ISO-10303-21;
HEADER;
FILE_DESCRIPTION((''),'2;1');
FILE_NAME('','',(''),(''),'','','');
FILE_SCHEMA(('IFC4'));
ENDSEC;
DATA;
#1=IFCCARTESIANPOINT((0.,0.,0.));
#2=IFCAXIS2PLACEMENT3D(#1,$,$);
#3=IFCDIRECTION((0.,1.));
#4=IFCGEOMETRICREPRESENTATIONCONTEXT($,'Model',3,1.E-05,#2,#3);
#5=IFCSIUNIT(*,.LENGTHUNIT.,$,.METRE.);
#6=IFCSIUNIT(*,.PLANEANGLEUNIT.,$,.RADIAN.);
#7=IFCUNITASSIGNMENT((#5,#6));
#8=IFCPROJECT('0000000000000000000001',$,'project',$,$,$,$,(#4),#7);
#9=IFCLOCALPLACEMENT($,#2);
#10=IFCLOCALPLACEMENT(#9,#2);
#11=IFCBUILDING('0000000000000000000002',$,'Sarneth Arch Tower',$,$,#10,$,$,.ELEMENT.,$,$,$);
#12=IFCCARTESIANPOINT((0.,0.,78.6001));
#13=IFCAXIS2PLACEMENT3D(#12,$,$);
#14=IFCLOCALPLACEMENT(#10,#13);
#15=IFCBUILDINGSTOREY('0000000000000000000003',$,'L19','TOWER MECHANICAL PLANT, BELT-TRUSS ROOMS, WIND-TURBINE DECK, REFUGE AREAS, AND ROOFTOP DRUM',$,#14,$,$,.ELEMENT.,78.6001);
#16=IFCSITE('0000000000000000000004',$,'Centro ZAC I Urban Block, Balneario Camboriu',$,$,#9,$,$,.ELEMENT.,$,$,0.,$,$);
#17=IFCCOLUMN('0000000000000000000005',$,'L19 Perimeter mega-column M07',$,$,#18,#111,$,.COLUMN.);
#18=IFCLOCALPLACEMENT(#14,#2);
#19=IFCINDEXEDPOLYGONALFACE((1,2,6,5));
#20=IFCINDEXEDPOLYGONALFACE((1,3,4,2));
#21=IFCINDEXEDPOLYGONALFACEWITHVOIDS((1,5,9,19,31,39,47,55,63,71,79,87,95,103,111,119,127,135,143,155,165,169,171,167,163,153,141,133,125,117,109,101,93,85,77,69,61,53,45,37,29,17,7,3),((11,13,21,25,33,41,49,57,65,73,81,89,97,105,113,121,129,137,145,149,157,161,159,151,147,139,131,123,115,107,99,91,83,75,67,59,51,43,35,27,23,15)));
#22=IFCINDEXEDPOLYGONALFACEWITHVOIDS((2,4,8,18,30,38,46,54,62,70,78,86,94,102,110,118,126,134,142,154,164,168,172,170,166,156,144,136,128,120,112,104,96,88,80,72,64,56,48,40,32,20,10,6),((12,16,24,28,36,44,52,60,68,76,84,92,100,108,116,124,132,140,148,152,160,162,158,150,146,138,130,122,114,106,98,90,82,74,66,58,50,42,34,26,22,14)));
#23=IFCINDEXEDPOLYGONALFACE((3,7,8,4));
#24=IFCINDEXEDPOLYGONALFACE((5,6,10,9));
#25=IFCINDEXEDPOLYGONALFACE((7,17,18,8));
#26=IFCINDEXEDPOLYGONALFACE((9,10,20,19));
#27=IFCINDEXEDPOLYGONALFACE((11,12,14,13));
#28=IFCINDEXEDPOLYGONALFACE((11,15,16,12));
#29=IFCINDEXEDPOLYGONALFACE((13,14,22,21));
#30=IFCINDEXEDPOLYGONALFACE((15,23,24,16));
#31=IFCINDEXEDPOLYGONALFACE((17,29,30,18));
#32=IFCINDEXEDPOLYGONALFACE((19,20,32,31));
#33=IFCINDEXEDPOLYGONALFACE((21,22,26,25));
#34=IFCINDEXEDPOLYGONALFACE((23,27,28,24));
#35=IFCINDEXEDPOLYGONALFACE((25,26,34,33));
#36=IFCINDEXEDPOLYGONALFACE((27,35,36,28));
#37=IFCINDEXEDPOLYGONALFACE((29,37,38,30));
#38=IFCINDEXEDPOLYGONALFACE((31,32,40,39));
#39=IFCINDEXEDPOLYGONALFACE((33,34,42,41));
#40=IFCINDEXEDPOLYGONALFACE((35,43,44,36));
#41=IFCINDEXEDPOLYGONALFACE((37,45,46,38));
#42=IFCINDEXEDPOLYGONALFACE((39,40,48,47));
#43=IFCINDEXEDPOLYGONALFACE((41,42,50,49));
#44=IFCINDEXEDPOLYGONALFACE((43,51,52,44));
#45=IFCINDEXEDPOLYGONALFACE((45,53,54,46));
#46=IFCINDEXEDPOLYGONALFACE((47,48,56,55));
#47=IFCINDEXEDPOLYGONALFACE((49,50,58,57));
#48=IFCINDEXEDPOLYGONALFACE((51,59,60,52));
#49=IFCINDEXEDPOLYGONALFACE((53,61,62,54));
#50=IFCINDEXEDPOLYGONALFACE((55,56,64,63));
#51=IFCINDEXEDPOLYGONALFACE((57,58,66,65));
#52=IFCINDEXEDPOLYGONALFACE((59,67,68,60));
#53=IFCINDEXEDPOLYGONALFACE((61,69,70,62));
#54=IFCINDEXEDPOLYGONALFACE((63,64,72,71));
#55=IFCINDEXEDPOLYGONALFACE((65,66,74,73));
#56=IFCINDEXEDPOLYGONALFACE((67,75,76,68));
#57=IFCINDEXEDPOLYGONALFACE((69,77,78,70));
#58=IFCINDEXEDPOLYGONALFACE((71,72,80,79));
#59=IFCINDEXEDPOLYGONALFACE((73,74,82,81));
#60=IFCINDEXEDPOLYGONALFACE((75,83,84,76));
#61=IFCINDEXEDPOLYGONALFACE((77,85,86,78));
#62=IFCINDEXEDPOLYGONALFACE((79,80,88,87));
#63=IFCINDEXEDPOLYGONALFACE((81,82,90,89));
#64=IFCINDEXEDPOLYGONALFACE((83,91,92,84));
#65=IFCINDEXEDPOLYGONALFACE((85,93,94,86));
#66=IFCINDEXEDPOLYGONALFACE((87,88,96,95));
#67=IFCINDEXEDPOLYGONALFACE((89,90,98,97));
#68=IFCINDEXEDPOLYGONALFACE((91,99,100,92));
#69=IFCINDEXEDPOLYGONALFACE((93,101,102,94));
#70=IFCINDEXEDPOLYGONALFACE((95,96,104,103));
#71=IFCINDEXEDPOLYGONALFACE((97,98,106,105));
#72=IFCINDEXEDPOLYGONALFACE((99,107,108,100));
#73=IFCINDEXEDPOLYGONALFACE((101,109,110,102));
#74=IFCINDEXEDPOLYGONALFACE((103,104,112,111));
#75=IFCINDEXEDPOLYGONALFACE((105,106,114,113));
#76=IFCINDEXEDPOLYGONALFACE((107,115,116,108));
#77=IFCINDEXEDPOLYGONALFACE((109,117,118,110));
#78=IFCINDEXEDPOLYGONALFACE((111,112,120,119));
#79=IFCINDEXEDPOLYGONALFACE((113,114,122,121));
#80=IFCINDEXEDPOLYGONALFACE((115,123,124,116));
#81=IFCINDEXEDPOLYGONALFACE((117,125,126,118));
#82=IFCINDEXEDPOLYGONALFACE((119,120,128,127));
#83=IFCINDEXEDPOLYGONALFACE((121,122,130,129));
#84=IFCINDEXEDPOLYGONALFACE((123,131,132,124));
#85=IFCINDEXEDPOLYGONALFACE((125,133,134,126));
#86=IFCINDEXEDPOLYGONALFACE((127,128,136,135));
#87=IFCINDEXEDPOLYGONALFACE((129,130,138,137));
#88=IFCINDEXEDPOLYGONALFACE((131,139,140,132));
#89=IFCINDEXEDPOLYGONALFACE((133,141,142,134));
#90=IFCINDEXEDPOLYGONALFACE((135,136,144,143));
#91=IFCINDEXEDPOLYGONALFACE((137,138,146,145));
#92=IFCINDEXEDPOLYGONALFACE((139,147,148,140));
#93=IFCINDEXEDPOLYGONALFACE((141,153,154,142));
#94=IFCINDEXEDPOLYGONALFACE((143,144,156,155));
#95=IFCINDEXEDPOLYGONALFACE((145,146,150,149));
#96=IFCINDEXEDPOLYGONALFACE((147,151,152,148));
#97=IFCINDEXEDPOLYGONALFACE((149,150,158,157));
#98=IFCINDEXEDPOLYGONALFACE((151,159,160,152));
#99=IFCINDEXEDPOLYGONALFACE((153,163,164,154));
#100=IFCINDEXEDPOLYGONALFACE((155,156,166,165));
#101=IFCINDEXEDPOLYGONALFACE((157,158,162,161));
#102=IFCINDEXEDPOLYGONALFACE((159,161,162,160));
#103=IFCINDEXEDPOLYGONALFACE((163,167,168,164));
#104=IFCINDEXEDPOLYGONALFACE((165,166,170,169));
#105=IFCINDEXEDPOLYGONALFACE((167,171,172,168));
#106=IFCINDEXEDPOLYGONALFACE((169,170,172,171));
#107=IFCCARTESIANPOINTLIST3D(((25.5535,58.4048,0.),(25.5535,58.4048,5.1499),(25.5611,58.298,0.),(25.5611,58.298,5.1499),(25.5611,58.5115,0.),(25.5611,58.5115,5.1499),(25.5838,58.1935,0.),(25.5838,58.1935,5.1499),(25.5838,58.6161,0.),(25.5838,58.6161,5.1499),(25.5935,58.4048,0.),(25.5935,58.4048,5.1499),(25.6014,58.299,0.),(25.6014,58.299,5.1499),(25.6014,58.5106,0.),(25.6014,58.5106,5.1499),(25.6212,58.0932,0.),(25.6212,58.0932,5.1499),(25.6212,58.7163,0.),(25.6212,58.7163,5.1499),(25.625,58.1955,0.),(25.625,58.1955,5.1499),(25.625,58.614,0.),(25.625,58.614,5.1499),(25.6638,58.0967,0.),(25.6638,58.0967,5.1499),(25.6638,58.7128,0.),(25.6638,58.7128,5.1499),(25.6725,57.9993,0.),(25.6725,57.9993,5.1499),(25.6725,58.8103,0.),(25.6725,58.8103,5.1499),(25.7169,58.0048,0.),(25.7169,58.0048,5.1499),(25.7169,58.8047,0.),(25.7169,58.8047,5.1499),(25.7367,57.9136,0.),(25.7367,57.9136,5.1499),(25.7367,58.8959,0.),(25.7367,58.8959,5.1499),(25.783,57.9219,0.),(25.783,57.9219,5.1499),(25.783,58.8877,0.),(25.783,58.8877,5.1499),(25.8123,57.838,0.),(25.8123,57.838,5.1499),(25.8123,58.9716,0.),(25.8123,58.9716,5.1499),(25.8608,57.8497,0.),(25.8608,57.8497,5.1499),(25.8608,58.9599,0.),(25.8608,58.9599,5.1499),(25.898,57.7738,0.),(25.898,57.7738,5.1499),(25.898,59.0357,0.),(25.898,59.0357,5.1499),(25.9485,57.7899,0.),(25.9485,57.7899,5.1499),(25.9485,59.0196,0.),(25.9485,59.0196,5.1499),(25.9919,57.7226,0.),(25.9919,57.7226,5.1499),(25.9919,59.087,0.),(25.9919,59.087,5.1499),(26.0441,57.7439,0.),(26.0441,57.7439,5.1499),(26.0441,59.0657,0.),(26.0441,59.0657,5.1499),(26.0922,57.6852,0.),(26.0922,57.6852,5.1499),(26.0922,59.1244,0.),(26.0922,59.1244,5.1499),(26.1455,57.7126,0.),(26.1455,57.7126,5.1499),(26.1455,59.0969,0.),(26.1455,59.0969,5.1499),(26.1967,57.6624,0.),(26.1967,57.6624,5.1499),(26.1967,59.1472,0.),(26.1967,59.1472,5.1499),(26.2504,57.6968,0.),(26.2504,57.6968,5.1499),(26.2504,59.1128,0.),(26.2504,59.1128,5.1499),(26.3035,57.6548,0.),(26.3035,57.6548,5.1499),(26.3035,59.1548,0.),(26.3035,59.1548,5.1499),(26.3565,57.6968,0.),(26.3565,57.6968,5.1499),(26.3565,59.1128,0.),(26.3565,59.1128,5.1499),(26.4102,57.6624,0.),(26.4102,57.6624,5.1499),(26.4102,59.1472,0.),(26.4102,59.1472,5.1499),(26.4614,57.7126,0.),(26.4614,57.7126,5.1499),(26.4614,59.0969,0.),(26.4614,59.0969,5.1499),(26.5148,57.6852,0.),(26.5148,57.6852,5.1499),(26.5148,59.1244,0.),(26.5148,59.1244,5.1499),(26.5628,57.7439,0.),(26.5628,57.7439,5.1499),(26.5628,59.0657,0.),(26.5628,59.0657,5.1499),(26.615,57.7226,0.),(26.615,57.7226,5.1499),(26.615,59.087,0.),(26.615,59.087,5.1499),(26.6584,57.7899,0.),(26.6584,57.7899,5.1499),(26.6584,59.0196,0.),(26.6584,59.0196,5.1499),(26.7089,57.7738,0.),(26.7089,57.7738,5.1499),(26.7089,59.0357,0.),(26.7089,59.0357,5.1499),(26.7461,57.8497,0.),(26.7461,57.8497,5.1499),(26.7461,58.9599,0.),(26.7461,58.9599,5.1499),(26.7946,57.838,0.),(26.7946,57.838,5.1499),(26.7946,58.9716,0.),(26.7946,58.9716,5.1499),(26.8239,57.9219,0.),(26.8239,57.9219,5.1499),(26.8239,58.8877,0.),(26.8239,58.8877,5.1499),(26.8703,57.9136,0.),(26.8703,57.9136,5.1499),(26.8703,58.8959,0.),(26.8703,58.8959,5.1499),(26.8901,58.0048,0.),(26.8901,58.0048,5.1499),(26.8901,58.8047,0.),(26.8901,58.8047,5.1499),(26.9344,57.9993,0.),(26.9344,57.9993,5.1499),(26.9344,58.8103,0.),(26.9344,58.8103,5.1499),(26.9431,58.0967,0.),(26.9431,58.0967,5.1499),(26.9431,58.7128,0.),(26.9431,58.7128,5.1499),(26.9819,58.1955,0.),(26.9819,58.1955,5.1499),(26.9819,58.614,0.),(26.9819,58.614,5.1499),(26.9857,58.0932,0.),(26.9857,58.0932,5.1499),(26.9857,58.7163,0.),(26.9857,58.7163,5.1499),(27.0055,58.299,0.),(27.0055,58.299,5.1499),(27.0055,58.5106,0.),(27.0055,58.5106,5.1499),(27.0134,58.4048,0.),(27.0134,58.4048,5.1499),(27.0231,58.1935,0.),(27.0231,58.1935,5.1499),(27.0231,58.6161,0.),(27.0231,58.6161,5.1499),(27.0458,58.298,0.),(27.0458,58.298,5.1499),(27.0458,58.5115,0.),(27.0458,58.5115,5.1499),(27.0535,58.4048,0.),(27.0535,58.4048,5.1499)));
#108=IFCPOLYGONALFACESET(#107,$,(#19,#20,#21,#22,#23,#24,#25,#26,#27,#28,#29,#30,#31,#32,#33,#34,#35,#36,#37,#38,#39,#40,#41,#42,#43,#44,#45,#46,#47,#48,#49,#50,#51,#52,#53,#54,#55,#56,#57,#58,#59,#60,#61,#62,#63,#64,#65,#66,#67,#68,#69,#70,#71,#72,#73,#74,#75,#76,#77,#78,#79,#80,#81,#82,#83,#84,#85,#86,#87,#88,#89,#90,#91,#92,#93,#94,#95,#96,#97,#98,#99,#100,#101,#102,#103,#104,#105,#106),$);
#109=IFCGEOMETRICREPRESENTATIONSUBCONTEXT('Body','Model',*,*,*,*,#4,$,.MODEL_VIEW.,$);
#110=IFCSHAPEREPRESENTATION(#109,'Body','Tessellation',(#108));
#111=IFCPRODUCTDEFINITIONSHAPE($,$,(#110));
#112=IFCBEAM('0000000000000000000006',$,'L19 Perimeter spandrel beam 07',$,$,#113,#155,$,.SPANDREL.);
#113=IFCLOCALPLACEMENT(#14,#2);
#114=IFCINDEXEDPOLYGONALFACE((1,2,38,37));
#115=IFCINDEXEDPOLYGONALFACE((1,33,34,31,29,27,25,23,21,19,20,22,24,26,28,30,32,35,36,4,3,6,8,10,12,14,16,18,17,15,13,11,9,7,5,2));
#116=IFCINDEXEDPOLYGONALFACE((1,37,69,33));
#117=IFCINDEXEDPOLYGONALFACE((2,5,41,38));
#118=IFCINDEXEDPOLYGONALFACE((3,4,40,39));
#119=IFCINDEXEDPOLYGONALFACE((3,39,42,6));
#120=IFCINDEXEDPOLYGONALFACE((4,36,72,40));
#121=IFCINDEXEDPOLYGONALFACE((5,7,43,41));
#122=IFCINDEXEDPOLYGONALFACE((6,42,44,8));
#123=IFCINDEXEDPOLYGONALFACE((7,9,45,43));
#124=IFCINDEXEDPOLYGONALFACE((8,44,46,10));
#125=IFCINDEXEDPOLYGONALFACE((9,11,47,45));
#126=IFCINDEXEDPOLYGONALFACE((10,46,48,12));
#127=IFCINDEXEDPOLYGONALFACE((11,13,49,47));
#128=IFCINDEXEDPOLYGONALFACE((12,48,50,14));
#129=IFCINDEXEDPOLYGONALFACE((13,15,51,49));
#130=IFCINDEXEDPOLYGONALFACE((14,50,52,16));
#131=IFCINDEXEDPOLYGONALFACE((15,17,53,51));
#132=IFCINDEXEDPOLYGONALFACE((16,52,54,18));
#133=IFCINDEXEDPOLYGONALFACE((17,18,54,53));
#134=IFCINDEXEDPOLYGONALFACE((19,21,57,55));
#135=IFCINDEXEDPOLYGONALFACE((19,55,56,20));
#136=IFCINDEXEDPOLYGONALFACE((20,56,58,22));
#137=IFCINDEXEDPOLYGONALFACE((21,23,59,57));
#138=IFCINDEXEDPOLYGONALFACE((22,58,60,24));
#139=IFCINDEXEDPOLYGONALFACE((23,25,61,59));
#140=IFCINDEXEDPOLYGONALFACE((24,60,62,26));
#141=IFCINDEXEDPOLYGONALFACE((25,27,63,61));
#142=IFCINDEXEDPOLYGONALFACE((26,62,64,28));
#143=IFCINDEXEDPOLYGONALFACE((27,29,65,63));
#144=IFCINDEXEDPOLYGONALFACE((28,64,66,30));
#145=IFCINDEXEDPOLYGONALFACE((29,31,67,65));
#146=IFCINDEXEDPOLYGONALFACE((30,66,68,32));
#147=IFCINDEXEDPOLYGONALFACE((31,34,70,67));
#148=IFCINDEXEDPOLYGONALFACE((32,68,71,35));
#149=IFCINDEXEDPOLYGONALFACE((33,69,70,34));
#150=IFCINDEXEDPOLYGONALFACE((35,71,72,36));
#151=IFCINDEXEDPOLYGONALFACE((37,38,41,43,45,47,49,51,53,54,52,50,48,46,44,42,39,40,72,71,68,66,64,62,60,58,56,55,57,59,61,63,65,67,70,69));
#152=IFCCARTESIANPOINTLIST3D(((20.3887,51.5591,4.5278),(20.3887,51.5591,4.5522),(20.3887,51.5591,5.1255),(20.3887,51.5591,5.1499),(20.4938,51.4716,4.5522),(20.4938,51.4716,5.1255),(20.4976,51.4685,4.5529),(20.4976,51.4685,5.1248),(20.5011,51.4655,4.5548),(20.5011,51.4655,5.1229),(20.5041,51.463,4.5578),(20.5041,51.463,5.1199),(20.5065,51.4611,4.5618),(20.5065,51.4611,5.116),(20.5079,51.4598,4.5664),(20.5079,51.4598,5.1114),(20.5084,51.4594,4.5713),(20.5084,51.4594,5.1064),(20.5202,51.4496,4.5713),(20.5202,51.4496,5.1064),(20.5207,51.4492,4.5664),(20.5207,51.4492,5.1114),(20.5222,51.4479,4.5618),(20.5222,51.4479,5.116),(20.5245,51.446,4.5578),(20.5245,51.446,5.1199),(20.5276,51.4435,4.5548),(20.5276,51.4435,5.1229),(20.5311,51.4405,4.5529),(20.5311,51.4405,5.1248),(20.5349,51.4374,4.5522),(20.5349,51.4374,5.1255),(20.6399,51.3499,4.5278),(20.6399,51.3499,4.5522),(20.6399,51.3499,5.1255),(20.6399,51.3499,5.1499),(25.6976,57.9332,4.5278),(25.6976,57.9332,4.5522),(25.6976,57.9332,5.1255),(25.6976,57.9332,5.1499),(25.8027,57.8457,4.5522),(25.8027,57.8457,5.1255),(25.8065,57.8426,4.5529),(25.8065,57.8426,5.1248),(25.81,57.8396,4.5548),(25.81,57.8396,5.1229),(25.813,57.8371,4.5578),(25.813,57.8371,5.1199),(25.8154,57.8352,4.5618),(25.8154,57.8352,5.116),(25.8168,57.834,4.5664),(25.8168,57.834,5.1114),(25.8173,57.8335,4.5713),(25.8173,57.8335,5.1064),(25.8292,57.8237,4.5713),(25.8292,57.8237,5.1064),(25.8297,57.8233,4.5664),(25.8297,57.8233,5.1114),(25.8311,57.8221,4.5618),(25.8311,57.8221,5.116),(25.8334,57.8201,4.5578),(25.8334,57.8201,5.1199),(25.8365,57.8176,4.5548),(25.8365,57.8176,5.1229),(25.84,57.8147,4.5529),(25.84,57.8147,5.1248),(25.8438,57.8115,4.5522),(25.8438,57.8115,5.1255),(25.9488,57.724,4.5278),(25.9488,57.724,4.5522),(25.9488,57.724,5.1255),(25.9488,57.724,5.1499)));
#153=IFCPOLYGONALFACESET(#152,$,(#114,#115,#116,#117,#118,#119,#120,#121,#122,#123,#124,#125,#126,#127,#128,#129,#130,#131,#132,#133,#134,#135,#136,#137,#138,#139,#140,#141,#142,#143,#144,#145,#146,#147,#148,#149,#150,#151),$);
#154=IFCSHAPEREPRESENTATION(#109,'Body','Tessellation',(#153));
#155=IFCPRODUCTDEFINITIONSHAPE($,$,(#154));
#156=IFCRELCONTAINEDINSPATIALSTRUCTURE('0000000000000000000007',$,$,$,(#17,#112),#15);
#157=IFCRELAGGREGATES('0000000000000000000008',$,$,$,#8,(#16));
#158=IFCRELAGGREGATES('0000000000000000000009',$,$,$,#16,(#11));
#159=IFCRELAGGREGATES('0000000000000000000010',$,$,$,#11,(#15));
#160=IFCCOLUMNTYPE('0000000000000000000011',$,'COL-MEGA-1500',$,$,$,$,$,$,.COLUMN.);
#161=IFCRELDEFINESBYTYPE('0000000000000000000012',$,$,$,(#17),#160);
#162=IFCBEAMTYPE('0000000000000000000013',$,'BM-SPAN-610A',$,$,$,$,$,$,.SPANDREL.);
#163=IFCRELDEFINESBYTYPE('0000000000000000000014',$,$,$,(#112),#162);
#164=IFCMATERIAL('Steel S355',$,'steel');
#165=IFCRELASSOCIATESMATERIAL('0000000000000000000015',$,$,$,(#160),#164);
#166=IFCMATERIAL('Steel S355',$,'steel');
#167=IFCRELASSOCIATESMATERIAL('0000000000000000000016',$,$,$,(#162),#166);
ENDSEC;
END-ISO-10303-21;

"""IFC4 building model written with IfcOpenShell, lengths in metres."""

from ifc_helpers import new_model, si_unit, direction, frame, origin, origin_2d, place, context, subcontext, project, spatial, hollow_circle, i_section, extrude, material, material_profile, profile_set, type_object, element, save


model = new_model("IFC4")

# Units and contexts
model_context = context("Model", 3, precision=1e-05, world=origin(), true_north=direction((0.0, 1.0)))
body_context = subcontext(model_context, "Body", "Model", "MODEL_VIEW")
ifc_project = project(units=[si_unit("LENGTHUNIT", "METRE"), si_unit("PLANEANGLEUNIT", "RADIAN")], contexts=[model_context])

# Site, building, storey
site_placement = place(None, origin())
site = spatial("IfcSite", under=ifc_project, at=site_placement, Name="Centro ZAC I Urban Block, Balneario Camboriu", CompositionType="ELEMENT", RefElevation=0.0)
building_placement = place(site_placement, origin())
building = spatial("IfcBuilding", under=site, at=building_placement, Name="Sarneth Arch Tower", CompositionType="ELEMENT")
storey_placement = place(building_placement, frame((0.0, 0.0, 78.6001)))
storey = spatial("IfcBuildingStorey", under=building, at=storey_placement, Name="L19", Description="TOWER MECHANICAL PLANT, BELT-TRUSS ROOMS, WIND-TURBINE DECK, REFUGE AREAS, AND ROOFTOP DRUM", CompositionType="ELEMENT", Elevation=78.6001)

# Column
ifc_material_1 = material(Name="Steel S355", Category="steel")
ifc_material_profile_1 = material_profile(ifc_material_1, hollow_circle(Radius=0.75, WallThickness=0.04, at=origin_2d()), Name="CHS1500x40")
ifc_profile_set_1 = profile_set([ifc_material_profile_1], Name="Steel S355")
column_type = type_object("IfcColumnType", Name="COL-MEGA-1500", PredefinedType="COLUMN", material=ifc_profile_set_1)
column_placement = place(storey_placement, frame((26.3035, 58.4048, 0.0), z_axis=(0.0, 0.0, 1.0), x_axis=(1.0, 0.0, 0.0)))
element("IfcColumn", 1, at=column_placement, inside=storey, type_object=column_type, Name="L19 Perimeter mega-column M07", PredefinedType="COLUMN", context=body_context, shape_type="SweptSolid", body=[
    extrude(hollow_circle(Radius=0.75, WallThickness=0.04, at=origin_2d()), origin(), (0.0, 0.0, 1.0), 5.1499),
])

# Beam
ifc_material_2 = material(Name="Steel S355", Category="steel")
ifc_material_profile_2 = material_profile(ifc_material_2, i_section(OverallWidth=0.3269, OverallDepth=0.6221, WebThickness=0.0154, FlangeThickness=0.0244, FilletRadius=0.019, at=origin_2d()), Name="W610x195")
ifc_profile_set_2 = profile_set([ifc_material_profile_2], Name="Steel S355")
beam_type = type_object("IfcBeamType", Name="BM-SPAN-610A", PredefinedType="SPANDREL", material=ifc_profile_set_2)
beam_placement = place(storey_placement, frame((25.8232, 57.8286, 4.8389), z_axis=(-0.639982, -0.76839, 0.0), x_axis=(0.76839, -0.639982, 0.0)))
element("IfcBeam", 2, at=beam_placement, inside=storey, type_object=beam_type, Name="L19 Perimeter spandrel beam 07", PredefinedType="SPANDREL", context=body_context, shape_type="SweptSolid", body=[
    extrude(i_section(OverallWidth=0.3269, OverallDepth=0.6221, WebThickness=0.0154, FlangeThickness=0.0244, FilletRadius=0.019, at=origin_2d()), origin(), (0.0, 0.0, 1.0), 8.2954),
])

save(model, "model.ifc")
